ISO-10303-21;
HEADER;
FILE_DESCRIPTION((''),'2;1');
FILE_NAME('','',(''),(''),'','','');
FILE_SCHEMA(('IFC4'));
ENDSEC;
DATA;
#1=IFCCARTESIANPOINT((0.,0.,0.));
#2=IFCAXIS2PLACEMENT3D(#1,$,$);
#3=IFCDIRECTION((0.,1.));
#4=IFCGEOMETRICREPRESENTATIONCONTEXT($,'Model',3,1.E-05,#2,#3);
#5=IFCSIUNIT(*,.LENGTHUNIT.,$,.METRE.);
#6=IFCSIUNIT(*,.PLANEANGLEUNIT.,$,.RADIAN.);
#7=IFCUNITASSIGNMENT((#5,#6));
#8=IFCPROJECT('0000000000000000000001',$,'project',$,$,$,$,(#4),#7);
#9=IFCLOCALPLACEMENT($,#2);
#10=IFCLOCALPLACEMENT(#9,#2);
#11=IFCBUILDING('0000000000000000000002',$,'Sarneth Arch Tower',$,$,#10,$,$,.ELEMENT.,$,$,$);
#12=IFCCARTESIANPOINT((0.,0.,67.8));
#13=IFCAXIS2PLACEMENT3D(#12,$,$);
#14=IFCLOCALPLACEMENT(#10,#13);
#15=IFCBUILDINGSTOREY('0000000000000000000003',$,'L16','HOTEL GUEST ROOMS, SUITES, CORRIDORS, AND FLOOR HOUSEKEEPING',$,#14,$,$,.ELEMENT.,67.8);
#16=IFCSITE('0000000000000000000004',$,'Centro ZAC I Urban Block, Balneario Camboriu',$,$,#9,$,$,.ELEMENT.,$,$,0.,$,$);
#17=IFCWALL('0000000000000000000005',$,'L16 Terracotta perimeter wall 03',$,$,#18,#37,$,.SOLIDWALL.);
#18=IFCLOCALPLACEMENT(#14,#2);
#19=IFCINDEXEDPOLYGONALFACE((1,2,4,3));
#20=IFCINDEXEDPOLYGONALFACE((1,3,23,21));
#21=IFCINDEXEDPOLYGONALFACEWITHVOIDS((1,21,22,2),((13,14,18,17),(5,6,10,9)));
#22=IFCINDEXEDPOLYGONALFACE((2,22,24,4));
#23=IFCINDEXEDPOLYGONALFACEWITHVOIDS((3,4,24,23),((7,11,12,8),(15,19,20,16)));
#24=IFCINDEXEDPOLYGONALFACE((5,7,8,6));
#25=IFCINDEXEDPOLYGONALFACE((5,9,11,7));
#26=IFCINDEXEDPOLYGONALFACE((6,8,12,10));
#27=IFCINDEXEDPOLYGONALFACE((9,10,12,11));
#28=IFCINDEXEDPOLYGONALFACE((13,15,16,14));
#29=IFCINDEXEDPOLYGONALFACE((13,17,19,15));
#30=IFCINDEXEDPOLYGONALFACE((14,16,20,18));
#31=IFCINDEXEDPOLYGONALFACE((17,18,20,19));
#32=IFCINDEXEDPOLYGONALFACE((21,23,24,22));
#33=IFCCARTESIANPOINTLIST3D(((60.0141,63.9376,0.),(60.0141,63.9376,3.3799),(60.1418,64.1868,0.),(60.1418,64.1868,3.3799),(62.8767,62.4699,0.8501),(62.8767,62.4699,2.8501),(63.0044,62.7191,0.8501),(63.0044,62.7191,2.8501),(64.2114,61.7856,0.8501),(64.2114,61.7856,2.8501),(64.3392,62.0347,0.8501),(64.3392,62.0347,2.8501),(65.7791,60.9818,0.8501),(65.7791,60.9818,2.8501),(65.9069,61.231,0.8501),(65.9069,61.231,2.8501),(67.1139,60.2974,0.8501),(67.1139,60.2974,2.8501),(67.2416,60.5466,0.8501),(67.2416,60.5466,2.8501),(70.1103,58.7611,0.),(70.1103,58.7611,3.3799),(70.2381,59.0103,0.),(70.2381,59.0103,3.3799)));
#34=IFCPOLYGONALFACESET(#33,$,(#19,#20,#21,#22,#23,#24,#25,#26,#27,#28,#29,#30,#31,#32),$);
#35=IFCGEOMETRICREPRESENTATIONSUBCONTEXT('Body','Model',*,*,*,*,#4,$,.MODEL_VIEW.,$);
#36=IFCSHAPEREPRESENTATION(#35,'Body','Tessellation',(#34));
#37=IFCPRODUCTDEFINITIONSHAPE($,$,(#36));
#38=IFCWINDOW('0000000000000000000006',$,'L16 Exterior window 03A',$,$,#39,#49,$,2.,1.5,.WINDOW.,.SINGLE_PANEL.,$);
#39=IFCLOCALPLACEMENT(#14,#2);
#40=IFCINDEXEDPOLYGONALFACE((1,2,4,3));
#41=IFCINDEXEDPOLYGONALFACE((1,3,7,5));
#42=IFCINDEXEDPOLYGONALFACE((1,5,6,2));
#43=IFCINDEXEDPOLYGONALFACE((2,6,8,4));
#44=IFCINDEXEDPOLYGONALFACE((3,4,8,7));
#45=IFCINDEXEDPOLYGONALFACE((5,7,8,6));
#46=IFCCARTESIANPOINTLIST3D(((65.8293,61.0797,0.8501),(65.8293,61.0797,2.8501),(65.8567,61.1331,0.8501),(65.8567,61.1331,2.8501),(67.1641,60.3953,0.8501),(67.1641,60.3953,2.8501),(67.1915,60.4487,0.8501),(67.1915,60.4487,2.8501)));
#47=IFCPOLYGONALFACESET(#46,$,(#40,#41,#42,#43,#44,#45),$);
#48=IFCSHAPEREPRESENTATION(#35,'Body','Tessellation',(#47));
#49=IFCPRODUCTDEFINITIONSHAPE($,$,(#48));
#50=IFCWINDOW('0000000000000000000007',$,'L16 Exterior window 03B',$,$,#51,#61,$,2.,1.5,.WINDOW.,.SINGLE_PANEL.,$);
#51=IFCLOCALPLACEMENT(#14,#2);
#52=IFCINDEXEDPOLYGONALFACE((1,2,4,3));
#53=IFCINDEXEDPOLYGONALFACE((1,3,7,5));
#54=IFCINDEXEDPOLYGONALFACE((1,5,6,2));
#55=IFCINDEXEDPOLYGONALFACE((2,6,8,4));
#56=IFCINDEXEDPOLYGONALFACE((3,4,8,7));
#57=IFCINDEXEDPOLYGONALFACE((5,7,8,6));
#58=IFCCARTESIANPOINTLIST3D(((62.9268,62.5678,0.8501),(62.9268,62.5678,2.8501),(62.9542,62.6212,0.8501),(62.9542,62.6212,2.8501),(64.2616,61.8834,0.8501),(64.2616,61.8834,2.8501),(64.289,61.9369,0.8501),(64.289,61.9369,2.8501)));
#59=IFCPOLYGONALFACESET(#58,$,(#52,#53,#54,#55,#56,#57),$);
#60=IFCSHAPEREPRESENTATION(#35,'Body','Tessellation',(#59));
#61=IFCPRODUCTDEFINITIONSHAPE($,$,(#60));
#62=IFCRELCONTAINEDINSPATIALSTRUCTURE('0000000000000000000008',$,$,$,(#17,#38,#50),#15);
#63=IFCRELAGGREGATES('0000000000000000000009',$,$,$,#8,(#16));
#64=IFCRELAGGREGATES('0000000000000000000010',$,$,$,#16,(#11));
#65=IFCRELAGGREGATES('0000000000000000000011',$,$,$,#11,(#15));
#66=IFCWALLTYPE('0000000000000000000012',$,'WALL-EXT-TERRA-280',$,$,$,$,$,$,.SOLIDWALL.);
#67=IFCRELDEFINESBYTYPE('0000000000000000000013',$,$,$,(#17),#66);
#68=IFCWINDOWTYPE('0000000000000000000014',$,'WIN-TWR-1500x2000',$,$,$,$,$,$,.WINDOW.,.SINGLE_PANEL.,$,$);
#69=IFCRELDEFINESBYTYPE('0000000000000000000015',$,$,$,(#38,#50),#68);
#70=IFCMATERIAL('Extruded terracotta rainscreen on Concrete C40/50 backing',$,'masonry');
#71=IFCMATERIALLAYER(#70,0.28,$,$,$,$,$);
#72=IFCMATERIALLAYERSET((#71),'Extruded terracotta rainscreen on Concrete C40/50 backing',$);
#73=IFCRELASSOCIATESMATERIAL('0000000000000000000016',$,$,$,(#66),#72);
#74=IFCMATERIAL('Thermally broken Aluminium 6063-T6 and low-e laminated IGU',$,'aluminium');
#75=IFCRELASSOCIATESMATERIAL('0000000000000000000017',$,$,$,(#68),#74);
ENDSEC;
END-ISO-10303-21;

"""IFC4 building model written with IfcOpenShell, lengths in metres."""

from ifc_helpers import new_model, si_unit, direction, frame, frame_2d, origin, place, context, subcontext, project, spatial, rectangle, extrude, material, layer, layer_set, type_object, element, fill, save


model = new_model("IFC4")

# Units and contexts
model_context = context("Model", 3, precision=1e-05, world=origin(), true_north=direction((0.0, 1.0)))
body_context = subcontext(model_context, "Body", "Model", "MODEL_VIEW")
ifc_project = project(units=[si_unit("LENGTHUNIT", "METRE"), si_unit("PLANEANGLEUNIT", "RADIAN")], contexts=[model_context])

# Site, building, storey
site_placement = place(None, origin())
site = spatial("IfcSite", under=ifc_project, at=site_placement, Name="Centro ZAC I Urban Block, Balneario Camboriu", CompositionType="ELEMENT", RefElevation=0.0)
building_placement = place(site_placement, origin())
building = spatial("IfcBuilding", under=site, at=building_placement, Name="Sarneth Arch Tower", CompositionType="ELEMENT")
storey_placement = place(building_placement, frame((0.0, 0.0, 67.8)))
storey = spatial("IfcBuildingStorey", under=building, at=storey_placement, Name="L16", Description="HOTEL GUEST ROOMS, SUITES, CORRIDORS, AND FLOOR HOUSEKEEPING", CompositionType="ELEMENT", Elevation=67.8)

# Wall, openings, windows
ifc_material_1 = material(Name="Extruded terracotta rainscreen on Concrete C40/50 backing", Category="masonry")
ifc_layer_1 = layer(ifc_material_1, 0.28)
ifc_layer_set_1 = layer_set([ifc_layer_1], Name="Extruded terracotta rainscreen on Concrete C40/50 backing")
wall_type = type_object("IfcWallType", Name="WALL-EXT-TERRA-280", PredefinedType="SOLIDWALL", material=ifc_layer_set_1)
wall_placement = place(storey_placement, frame((70.1741, 58.8857, 0.0), z_axis=(0.0, 0.0, 1.0), x_axis=(-0.889854, 0.456245, 0.0)))
wall = element("IfcWall", 1, at=wall_placement, inside=storey, type_object=wall_type, Name="L16 Terracotta perimeter wall 03", PredefinedType="SOLIDWALL", context=body_context, shape_type="SweptSolid", body=[
    extrude(rectangle(XDim=11.3459, YDim=0.28, at=frame_2d((5.6729, 0.0))), origin(), (0.0, 0.0, 1.0), 3.3799),
])
opening_1_placement = place(wall_placement, frame((3.3672, 0.0, 0.8501)))
opening_1 = element("IfcOpeningElement", 2, at=opening_1_placement, cuts=wall, PredefinedType="OPENING", context=body_context, shape_type="SweptSolid", body=[
    extrude(rectangle(XDim=1.5, YDim=2.0, at=frame_2d((0.75, 1.0))), frame((0.0, 0.1499, 0.0), z_axis=(0.0, -1.0, 0.0), x_axis=(1.0, 0.0, 0.0)), (0.0, 0.0, 1.0), 0.3),
])
opening_2_placement = place(wall_placement, frame((6.6289, 0.0, 0.8501)))
opening_2 = element("IfcOpeningElement", 3, at=opening_2_placement, cuts=wall, PredefinedType="OPENING", context=body_context, shape_type="SweptSolid", body=[
    extrude(rectangle(XDim=1.5, YDim=2.0, at=frame_2d((0.75, 1.0))), frame((0.0, 0.1499, 0.0), z_axis=(0.0, -1.0, 0.0), x_axis=(1.0, 0.0, 0.0)), (0.0, 0.0, 1.0), 0.3),
])
ifc_material_2 = material(Name="Thermally broken Aluminium 6063-T6 and low-e laminated IGU", Category="aluminium")
window_type = type_object("IfcWindowType", Name="WIN-TWR-1500x2000", PartitioningType="SINGLE_PANEL", PredefinedType="WINDOW", material=ifc_material_2)
window_1_placement = place(opening_1_placement, origin())
window_1 = element("IfcWindow", 4, at=window_1_placement, inside=storey, type_object=window_type, Name="L16 Exterior window 03A", OverallHeight=2.0, OverallWidth=1.5, PartitioningType="SINGLE_PANEL", PredefinedType="WINDOW", context=body_context, shape_type="SweptSolid", body=[
    extrude(rectangle(XDim=1.5, YDim=2.0, at=frame_2d((0.75, 1.0))), frame((0.0, 0.03, 0.0), z_axis=(0.0, -1.0, 0.0), x_axis=(1.0, 0.0, 0.0)), (0.0, 0.0, 1.0), 0.0601),
])
fill(opening_1, window_1)
window_2_placement = place(opening_2_placement, origin())
window_2 = element("IfcWindow", 5, at=window_2_placement, inside=storey, type_object=window_type, Name="L16 Exterior window 03B", OverallHeight=2.0, OverallWidth=1.5, PartitioningType="SINGLE_PANEL", PredefinedType="WINDOW", context=body_context, shape_type="SweptSolid", body=[
    extrude(rectangle(XDim=1.5, YDim=2.0, at=frame_2d((0.75, 1.0))), frame((0.0, 0.03, 0.0), z_axis=(0.0, -1.0, 0.0), x_axis=(1.0, 0.0, 0.0)), (0.0, 0.0, 1.0), 0.0601),
])
fill(opening_2, window_2)

save(model, "model.ifc")
